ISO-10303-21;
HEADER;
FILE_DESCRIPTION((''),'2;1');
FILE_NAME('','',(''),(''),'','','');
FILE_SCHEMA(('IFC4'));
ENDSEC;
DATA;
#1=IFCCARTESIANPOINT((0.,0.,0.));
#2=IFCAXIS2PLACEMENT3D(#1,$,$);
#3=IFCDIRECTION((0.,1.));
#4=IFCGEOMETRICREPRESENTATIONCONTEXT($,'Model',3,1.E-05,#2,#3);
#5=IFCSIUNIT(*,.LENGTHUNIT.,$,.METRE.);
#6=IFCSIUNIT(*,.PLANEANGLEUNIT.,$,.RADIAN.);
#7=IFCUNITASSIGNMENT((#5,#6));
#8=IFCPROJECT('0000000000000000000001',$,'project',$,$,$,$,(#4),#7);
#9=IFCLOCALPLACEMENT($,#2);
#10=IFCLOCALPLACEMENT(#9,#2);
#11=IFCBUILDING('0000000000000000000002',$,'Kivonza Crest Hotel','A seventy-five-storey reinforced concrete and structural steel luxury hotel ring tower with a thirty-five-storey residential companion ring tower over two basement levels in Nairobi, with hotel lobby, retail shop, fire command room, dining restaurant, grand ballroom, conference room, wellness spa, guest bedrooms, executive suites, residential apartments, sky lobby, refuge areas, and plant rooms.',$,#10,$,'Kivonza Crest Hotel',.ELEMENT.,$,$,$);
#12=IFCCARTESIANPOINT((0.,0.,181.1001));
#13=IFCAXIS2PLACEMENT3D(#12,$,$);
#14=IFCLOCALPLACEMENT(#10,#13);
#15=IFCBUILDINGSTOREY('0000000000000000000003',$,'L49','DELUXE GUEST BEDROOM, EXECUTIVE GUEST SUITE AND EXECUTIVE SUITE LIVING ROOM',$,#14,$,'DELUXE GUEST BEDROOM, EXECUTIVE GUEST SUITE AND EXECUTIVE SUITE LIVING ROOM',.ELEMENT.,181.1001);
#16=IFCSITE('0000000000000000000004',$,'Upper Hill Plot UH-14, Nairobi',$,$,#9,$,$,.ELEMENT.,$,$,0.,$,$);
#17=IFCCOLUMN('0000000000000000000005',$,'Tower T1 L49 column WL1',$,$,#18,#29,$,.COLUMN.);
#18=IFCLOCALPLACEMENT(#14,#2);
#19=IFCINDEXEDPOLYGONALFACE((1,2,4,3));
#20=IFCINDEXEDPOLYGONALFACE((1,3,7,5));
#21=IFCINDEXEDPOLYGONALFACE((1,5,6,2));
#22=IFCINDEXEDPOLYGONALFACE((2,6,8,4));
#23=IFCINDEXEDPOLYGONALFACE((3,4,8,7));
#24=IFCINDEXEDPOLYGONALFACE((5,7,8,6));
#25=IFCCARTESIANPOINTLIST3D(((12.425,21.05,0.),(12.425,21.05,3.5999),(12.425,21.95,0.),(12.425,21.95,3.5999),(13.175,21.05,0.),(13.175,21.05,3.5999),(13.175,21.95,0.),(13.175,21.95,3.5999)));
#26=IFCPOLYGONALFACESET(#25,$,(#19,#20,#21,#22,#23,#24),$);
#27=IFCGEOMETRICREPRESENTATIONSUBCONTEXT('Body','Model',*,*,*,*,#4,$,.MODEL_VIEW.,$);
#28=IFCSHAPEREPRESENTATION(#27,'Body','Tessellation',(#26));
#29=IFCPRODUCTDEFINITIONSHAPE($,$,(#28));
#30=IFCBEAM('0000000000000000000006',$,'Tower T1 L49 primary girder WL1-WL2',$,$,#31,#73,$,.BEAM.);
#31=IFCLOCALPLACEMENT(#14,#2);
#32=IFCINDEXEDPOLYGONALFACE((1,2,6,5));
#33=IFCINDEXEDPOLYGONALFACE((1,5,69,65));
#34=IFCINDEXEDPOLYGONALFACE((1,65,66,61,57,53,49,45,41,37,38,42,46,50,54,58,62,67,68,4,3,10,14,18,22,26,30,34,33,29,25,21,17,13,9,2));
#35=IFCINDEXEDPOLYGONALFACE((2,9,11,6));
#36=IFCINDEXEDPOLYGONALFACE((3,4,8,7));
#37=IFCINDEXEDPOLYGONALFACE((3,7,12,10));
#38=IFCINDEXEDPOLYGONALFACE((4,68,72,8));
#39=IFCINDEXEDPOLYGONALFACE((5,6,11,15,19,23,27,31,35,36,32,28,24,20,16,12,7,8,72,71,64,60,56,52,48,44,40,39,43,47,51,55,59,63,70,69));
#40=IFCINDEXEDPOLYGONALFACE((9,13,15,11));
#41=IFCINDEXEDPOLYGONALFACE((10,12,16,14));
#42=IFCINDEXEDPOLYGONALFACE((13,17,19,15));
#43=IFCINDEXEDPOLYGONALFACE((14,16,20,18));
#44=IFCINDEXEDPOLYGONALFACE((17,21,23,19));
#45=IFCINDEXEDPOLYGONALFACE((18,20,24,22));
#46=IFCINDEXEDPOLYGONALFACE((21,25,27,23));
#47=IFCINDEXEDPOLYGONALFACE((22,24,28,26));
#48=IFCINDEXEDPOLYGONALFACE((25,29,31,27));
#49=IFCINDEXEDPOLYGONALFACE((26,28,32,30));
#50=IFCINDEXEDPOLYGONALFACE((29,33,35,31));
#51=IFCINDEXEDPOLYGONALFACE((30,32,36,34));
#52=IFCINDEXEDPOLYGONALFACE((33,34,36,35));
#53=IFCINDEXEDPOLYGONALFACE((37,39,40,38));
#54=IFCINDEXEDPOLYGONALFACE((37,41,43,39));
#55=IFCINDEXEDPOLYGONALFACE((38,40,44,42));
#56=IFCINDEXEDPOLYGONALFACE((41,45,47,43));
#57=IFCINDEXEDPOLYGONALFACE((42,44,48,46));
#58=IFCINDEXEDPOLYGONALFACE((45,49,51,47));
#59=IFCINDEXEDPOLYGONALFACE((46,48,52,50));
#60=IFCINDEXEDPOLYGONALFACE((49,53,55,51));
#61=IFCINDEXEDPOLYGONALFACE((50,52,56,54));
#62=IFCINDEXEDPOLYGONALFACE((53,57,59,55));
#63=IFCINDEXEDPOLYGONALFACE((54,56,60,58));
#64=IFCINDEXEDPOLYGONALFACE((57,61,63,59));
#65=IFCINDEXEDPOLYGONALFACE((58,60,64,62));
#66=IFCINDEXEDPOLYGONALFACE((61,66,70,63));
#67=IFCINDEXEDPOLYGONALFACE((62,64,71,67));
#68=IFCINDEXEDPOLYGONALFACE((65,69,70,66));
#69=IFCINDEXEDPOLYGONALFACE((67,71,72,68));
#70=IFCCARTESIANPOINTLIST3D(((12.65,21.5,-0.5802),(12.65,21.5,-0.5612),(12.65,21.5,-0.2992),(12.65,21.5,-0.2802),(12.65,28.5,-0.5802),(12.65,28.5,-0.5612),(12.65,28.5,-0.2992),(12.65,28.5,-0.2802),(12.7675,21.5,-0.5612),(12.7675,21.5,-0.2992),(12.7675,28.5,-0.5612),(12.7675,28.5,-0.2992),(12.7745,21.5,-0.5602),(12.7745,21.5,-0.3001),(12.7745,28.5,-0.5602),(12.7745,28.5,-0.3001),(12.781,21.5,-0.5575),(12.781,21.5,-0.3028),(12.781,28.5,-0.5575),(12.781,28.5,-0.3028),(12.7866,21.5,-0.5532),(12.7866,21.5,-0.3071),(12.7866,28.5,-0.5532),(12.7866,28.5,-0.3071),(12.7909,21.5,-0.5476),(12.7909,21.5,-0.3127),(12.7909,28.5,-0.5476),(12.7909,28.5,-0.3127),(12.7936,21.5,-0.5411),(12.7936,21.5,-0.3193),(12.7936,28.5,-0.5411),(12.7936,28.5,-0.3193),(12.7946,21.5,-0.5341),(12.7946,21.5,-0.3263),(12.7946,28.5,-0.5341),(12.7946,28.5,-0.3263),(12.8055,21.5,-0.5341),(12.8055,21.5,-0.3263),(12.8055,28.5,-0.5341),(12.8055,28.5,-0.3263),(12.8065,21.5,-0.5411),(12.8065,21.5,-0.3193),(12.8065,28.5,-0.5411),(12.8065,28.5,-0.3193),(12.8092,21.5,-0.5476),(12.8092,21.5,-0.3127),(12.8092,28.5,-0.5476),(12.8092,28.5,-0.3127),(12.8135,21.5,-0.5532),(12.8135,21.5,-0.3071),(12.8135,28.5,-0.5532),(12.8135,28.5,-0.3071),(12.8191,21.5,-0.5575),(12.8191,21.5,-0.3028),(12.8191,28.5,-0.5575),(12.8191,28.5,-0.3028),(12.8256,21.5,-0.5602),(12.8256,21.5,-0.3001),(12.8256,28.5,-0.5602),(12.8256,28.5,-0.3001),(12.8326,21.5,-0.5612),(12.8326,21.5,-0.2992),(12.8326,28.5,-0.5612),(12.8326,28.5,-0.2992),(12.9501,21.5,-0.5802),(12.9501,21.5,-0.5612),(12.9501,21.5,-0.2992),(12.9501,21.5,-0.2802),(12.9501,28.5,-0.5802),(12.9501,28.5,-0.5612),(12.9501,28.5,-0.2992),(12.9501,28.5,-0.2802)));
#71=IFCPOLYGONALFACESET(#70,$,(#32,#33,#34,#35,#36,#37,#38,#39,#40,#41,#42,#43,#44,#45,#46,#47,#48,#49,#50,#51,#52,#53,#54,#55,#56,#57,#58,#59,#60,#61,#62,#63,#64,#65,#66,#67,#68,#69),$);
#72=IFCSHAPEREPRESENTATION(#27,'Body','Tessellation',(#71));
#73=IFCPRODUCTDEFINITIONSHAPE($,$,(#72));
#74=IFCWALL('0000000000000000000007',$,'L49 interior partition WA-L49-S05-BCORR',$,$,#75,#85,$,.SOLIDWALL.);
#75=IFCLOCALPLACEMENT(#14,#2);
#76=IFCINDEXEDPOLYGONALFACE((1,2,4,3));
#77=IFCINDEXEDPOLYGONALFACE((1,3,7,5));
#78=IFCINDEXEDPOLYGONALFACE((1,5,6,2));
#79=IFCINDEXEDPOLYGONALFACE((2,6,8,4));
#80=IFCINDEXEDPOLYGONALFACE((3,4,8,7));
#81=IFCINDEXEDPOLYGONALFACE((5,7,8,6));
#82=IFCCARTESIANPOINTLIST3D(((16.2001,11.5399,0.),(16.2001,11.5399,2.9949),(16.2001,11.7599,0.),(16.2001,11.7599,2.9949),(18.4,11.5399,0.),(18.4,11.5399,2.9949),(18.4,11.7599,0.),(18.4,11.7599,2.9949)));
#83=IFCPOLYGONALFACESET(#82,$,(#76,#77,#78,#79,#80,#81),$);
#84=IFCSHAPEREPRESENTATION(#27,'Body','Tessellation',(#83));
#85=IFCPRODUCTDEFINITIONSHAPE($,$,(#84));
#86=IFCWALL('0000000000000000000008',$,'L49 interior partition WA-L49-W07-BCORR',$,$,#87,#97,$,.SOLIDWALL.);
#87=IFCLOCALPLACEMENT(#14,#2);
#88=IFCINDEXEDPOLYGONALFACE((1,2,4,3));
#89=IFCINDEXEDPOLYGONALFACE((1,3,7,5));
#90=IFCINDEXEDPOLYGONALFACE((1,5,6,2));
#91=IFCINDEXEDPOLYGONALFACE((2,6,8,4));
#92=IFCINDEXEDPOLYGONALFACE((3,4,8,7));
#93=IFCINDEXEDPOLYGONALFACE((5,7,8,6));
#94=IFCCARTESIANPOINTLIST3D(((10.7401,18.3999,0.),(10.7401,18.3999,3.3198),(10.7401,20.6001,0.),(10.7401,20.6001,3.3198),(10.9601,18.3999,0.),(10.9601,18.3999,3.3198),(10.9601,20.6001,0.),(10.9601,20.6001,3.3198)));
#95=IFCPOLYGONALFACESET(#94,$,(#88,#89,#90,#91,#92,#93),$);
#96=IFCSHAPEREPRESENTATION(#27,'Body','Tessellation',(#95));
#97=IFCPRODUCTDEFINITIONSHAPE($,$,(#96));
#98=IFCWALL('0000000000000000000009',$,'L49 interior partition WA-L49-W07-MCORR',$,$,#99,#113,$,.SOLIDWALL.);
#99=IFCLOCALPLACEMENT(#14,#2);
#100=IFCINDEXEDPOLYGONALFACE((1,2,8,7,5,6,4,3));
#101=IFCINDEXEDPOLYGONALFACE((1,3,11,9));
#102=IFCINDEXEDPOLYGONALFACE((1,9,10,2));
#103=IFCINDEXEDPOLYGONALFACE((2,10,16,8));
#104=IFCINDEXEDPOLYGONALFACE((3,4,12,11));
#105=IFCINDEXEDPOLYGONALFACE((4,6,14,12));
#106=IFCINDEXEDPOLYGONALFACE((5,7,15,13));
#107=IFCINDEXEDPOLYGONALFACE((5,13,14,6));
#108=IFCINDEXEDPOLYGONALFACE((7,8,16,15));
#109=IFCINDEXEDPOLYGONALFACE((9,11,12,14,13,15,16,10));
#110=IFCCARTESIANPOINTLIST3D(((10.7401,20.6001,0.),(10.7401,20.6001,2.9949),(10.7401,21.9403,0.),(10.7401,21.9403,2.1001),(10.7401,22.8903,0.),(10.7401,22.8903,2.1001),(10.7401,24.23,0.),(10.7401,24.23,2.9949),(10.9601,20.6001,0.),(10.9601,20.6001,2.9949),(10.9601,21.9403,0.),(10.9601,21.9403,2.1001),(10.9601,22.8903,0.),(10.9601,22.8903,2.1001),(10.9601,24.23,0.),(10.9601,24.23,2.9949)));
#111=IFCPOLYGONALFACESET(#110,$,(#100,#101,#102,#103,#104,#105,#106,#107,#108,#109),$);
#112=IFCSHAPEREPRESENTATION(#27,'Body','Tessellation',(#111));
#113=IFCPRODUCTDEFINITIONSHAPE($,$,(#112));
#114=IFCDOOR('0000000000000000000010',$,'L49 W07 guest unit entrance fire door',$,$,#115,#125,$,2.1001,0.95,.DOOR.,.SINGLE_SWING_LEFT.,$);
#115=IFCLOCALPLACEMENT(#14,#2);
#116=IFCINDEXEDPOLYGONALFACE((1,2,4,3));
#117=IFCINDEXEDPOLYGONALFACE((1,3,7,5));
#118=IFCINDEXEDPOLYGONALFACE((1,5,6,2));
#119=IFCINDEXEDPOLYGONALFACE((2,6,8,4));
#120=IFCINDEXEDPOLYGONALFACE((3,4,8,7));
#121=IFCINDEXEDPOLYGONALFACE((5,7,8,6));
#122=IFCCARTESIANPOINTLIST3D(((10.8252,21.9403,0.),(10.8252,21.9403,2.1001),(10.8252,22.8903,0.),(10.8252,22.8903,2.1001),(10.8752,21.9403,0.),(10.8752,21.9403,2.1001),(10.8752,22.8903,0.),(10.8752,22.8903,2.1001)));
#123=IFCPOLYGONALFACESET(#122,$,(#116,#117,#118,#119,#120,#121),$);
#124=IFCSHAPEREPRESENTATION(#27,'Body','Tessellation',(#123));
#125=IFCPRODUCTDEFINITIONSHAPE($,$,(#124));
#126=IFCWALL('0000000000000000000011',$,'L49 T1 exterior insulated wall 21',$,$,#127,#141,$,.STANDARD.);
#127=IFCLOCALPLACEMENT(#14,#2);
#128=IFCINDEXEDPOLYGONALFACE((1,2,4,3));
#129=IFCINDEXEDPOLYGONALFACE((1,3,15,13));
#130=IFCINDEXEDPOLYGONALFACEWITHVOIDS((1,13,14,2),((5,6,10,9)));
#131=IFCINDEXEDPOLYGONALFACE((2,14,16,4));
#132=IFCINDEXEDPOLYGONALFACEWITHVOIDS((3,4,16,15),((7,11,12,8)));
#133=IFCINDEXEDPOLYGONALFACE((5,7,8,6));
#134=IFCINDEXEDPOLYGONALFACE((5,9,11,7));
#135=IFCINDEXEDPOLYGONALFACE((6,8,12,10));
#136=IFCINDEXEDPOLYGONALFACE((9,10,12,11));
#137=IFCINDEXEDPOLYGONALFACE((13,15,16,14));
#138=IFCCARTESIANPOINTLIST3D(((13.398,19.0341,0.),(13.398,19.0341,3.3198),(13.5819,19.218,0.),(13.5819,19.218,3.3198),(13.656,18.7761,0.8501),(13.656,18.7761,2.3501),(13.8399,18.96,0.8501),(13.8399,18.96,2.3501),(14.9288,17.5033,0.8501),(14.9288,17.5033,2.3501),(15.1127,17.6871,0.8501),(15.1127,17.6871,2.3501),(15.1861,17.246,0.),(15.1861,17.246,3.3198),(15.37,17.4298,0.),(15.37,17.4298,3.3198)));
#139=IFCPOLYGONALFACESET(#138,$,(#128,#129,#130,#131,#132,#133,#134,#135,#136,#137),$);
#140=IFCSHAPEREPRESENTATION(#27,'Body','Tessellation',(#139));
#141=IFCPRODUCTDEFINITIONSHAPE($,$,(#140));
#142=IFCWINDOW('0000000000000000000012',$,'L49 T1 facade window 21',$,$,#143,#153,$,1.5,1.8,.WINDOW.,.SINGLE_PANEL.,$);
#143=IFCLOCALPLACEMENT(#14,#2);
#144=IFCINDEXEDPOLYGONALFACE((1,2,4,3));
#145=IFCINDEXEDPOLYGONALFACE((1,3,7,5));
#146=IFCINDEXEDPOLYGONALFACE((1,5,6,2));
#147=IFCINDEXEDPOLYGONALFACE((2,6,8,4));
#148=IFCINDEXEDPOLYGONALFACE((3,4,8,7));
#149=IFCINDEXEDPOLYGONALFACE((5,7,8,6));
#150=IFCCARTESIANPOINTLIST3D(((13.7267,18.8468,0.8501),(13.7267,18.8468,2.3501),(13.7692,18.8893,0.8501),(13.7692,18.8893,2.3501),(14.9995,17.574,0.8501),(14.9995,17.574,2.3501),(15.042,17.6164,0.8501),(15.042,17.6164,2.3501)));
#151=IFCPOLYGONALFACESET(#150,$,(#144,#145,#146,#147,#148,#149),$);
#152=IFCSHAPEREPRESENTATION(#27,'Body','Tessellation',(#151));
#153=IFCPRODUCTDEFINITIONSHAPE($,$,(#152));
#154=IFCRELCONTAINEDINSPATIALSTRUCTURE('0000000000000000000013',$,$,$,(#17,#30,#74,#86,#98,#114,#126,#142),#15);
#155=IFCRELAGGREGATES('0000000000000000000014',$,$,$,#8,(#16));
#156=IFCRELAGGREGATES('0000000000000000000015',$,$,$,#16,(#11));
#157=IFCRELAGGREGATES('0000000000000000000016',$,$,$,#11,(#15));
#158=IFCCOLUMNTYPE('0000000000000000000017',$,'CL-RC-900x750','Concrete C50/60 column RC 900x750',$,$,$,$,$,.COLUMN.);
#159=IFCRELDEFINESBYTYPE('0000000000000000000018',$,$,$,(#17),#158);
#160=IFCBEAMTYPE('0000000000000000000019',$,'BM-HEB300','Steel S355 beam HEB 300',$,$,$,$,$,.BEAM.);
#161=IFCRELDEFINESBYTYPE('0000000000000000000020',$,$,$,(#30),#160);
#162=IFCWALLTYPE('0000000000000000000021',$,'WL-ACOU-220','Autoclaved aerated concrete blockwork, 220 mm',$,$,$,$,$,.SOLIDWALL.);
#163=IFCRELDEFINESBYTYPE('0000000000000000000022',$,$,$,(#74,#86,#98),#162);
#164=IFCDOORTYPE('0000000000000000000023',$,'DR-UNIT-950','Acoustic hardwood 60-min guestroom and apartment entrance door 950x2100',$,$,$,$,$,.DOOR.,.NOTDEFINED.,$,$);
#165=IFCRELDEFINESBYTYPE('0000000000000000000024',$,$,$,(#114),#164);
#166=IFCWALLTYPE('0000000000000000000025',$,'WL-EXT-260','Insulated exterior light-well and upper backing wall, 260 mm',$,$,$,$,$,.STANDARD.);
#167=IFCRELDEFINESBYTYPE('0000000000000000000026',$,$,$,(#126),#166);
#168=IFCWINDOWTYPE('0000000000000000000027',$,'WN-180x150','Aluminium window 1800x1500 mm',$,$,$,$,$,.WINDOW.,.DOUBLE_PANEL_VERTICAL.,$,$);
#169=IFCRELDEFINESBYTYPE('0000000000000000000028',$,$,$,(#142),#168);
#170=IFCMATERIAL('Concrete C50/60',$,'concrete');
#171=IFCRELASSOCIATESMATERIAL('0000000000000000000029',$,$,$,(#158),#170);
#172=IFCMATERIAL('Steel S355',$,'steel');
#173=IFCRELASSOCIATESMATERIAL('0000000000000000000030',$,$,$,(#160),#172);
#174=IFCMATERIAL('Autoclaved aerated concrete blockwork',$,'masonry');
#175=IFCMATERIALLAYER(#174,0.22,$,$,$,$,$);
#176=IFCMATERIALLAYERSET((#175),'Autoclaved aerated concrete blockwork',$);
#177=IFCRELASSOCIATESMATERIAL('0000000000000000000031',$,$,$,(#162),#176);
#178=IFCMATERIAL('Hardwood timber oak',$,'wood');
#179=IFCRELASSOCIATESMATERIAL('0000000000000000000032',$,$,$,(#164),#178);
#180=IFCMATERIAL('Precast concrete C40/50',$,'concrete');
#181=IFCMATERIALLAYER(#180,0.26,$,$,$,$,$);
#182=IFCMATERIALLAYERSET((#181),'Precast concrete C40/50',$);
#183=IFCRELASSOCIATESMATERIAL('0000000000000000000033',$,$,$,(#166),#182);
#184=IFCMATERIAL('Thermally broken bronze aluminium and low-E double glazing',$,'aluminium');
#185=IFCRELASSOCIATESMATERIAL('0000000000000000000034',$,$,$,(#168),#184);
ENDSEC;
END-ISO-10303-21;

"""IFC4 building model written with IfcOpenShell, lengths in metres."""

from ifc_helpers import new_model, si_unit, direction, frame, frame_2d, origin, origin_2d, place, context, subcontext, project, spatial, rectangle, i_section, extrude, material, layer, layer_set, material_profile, profile_set, type_object, element, fill, save


model = new_model("IFC4")

# Units and contexts
model_context = context("Model", 3, precision=1e-05, world=origin(), true_north=direction((0.0, 1.0)))
body_context = subcontext(model_context, "Body", "Model", "MODEL_VIEW")
ifc_project = project(units=[si_unit("LENGTHUNIT", "METRE"), si_unit("PLANEANGLEUNIT", "RADIAN")], contexts=[model_context])

# Site, building, storey
site_placement = place(None, origin())
site = spatial("IfcSite", under=ifc_project, at=site_placement, Name="Upper Hill Plot UH-14, Nairobi", CompositionType="ELEMENT", RefElevation=0.0)
building_placement = place(site_placement, origin())
building = spatial("IfcBuilding", under=site, at=building_placement, Name="Kivonza Crest Hotel", Description="A seventy-five-storey reinforced concrete and structural steel luxury hotel ring tower with a thirty-five-storey residential companion ring tower over two basement levels in Nairobi, with hotel lobby, retail shop, fire command room, dining restaurant, grand ballroom, conference room, wellness spa, guest bedrooms, executive suites, residential apartments, sky lobby, refuge areas, and plant rooms.", LongName="Kivonza Crest Hotel", CompositionType="ELEMENT")
storey_placement = place(building_placement, frame((0.0, 0.0, 181.1001)))
storey = spatial("IfcBuildingStorey", under=building, at=storey_placement, Name="L49", Description="DELUXE GUEST BEDROOM, EXECUTIVE GUEST SUITE AND EXECUTIVE SUITE LIVING ROOM", LongName="DELUXE GUEST BEDROOM, EXECUTIVE GUEST SUITE AND EXECUTIVE SUITE LIVING ROOM", CompositionType="ELEMENT", Elevation=181.1001)

# Column
ifc_material_1 = material(Name="Concrete C50/60", Category="concrete")
ifc_material_profile_1 = material_profile(ifc_material_1, rectangle(XDim=0.75, YDim=0.8999, at=origin_2d()), Name="RC 900x750")
ifc_profile_set_1 = profile_set([ifc_material_profile_1], Name="Concrete C50/60")
column_type = type_object("IfcColumnType", Name="CL-RC-900x750", Description="Concrete C50/60 column RC 900x750", PredefinedType="COLUMN", material=ifc_profile_set_1)
column_placement = place(storey_placement, frame((12.8, 21.5, 0.0), z_axis=(0.0, 0.0, 1.0), x_axis=(1.0, 0.0, 0.0)))
element("IfcColumn", 1, at=column_placement, inside=storey, type_object=column_type, Name="Tower T1 L49 column WL1", PredefinedType="COLUMN", context=body_context, shape_type="SweptSolid", body=[
    extrude(rectangle(XDim=0.75, YDim=0.8999, at=origin_2d()), origin(), (0.0, 0.0, 1.0), 3.5999),
])

# Beam
ifc_material_2 = material(Name="Steel S355", Category="steel")
ifc_material_profile_2 = material_profile(ifc_material_2, i_section(OverallWidth=0.3, OverallDepth=0.3, WebThickness=0.011, FlangeThickness=0.019, FilletRadius=0.0271, at=origin_2d()), Name="HEB 300")
ifc_profile_set_2 = profile_set([ifc_material_profile_2], Name="Steel S355")
beam_type = type_object("IfcBeamType", Name="BM-HEB300", Description="Steel S355 beam HEB 300", PredefinedType="BEAM", material=ifc_profile_set_2)
beam_placement = place(storey_placement, frame((12.8, 21.5, -0.4302), z_axis=(0.0, 1.0, 0.0), x_axis=(-1.0, 0.0, 0.0)))
element("IfcBeam", 2, at=beam_placement, inside=storey, type_object=beam_type, Name="Tower T1 L49 primary girder WL1-WL2", PredefinedType="BEAM", context=body_context, shape_type="SweptSolid", body=[
    extrude(i_section(OverallWidth=0.3, OverallDepth=0.3, WebThickness=0.011, FlangeThickness=0.019, FilletRadius=0.0271, at=origin_2d()), origin(), (0.0, 0.0, 1.0), 7.0),
])

# Walls
ifc_material_3 = material(Name="Autoclaved aerated concrete blockwork", Category="masonry")
ifc_layer_1 = layer(ifc_material_3, 0.22)
ifc_layer_set_1 = layer_set([ifc_layer_1], Name="Autoclaved aerated concrete blockwork")
wall_type_1 = type_object("IfcWallType", Name="WL-ACOU-220", Description="Autoclaved aerated concrete blockwork, 220 mm", PredefinedType="SOLIDWALL", material=ifc_layer_set_1)
wall_1_placement = place(storey_placement, frame((16.2, 11.6499, 0.0), z_axis=(0.0, 0.0, 1.0), x_axis=(1.0, 0.0, 0.0)))
element("IfcWall", 3, at=wall_1_placement, inside=storey, type_object=wall_type_1, Name="L49 interior partition WA-L49-S05-BCORR", PredefinedType="SOLIDWALL", context=body_context, shape_type="SweptSolid", body=[
    extrude(rectangle(XDim=2.2, YDim=0.22, at=frame_2d((1.1001, 0.0))), origin(), (0.0, 0.0, 1.0), 2.9949),
])
wall_2_placement = place(storey_placement, frame((10.8501, 18.3999, 0.0), z_axis=(0.0, 0.0, 1.0), x_axis=(0.0, 1.0, 0.0)))
element("IfcWall", 4, at=wall_2_placement, inside=storey, type_object=wall_type_1, Name="L49 interior partition WA-L49-W07-BCORR", PredefinedType="SOLIDWALL", context=body_context, shape_type="SweptSolid", body=[
    extrude(rectangle(XDim=2.2002, YDim=0.22, at=frame_2d((1.1001, 0.0))), origin(), (0.0, 0.0, 1.0), 3.3198),
])

# Wall, opening, door
wall_3_placement = place(storey_placement, frame((10.8501, 20.6001, 0.0), z_axis=(0.0, 0.0, 1.0), x_axis=(0.0, 1.0, 0.0)))
wall_3 = element("IfcWall", 5, at=wall_3_placement, inside=storey, type_object=wall_type_1, Name="L49 interior partition WA-L49-W07-MCORR", PredefinedType="SOLIDWALL", context=body_context, shape_type="SweptSolid", body=[
    extrude(rectangle(XDim=3.6299, YDim=0.22, at=frame_2d((1.8149, 0.0))), origin(), (0.0, 0.0, 1.0), 2.9949),
])
opening_1_placement = place(wall_3_placement, frame((1.3401, 0.0, 0.0)))
opening_1 = element("IfcOpeningElement", 6, at=opening_1_placement, cuts=wall_3, PredefinedType="OPENING", context=body_context, shape_type="SweptSolid", body=[
    extrude(rectangle(XDim=0.95, YDim=2.1001, at=frame_2d((0.4751, 1.05))), frame((0.0, 0.1201, 0.0), z_axis=(0.0, -1.0, 0.0), x_axis=(1.0, 0.0, 0.0)), (0.0, 0.0, 1.0), 0.24),
])
ifc_material_4 = material(Name="Hardwood timber oak", Category="wood")
door_type_1 = type_object("IfcDoorType", Name="DR-UNIT-950", Description="Acoustic hardwood 60-min guestroom and apartment entrance door 950x2100", OperationType="NOTDEFINED", PredefinedType="DOOR", material=ifc_material_4)
door_1_placement = place(opening_1_placement, origin())
door_1 = element("IfcDoor", 7, at=door_1_placement, inside=storey, type_object=door_type_1, Name="L49 W07 guest unit entrance fire door", OperationType="SINGLE_SWING_LEFT", OverallHeight=2.1001, OverallWidth=0.95, PredefinedType="DOOR", context=body_context, shape_type="SweptSolid", body=[
    extrude(rectangle(XDim=0.95, YDim=2.1001, at=frame_2d((0.4751, 1.05))), frame((0.0, 0.0249, 0.0), z_axis=(0.0, -1.0, 0.0), x_axis=(1.0, 0.0, 0.0)), (0.0, 0.0, 1.0), 0.05),
])
fill(opening_1, door_1)

# Wall, opening, window
ifc_material_5 = material(Name="Precast concrete C40/50", Category="concrete")
ifc_layer_2 = layer(ifc_material_5, 0.26)
ifc_layer_set_2 = layer_set([ifc_layer_2], Name="Precast concrete C40/50")
wall_type_2 = type_object("IfcWallType", Name="WL-EXT-260", Description="Insulated exterior light-well and upper backing wall, 260 mm", PredefinedType="STANDARD", material=ifc_layer_set_2)
wall_4_placement = place(storey_placement, frame((15.2781, 17.3379, 0.0), z_axis=(0.0, 0.0, 1.0), x_axis=(-0.707107, 0.707107, 0.0)))
wall_4 = element("IfcWall", 8, at=wall_4_placement, inside=storey, type_object=wall_type_2, Name="L49 T1 exterior insulated wall 21", PredefinedType="STANDARD", context=body_context, shape_type="SweptSolid", body=[
    extrude(rectangle(XDim=2.5288, YDim=0.26, at=frame_2d((1.2644, 0.0))), origin(), (0.0, 0.0, 1.0), 3.3198),
])
opening_2_placement = place(wall_4_placement, frame((0.364, 0.0, 0.8501)))
opening_2 = element("IfcOpeningElement", 9, at=opening_2_placement, cuts=wall_4, PredefinedType="OPENING", context=body_context, shape_type="SweptSolid", body=[
    extrude(rectangle(XDim=1.8, YDim=1.5, at=frame_2d((0.8999, 0.75))), frame((0.0, 0.1401, 0.0), z_axis=(0.0, -1.0, 0.0), x_axis=(1.0, 0.0, 0.0)), (0.0, 0.0, 1.0), 0.28),
])
ifc_material_6 = material(Name="Thermally broken bronze aluminium and low-E double glazing", Category="aluminium")
window_type_1 = type_object("IfcWindowType", Name="WN-180x150", Description="Aluminium window 1800x1500 mm", PartitioningType="DOUBLE_PANEL_VERTICAL", PredefinedType="WINDOW", material=ifc_material_6)
window_1_placement = place(opening_2_placement, origin())
window_1 = element("IfcWindow", 10, at=window_1_placement, inside=storey, type_object=window_type_1, Name="L49 T1 facade window 21", OverallHeight=1.5, OverallWidth=1.8, PartitioningType="SINGLE_PANEL", PredefinedType="WINDOW", context=body_context, shape_type="SweptSolid", body=[
    extrude(rectangle(XDim=1.8, YDim=1.5, at=frame_2d((0.8999, 0.75))), frame((0.0, 0.03, 0.0), z_axis=(0.0, -1.0, 0.0), x_axis=(1.0, 0.0, 0.0)), (0.0, 0.0, 1.0), 0.0601),
])
fill(opening_2, window_1)

save(model, "model.ifc")
